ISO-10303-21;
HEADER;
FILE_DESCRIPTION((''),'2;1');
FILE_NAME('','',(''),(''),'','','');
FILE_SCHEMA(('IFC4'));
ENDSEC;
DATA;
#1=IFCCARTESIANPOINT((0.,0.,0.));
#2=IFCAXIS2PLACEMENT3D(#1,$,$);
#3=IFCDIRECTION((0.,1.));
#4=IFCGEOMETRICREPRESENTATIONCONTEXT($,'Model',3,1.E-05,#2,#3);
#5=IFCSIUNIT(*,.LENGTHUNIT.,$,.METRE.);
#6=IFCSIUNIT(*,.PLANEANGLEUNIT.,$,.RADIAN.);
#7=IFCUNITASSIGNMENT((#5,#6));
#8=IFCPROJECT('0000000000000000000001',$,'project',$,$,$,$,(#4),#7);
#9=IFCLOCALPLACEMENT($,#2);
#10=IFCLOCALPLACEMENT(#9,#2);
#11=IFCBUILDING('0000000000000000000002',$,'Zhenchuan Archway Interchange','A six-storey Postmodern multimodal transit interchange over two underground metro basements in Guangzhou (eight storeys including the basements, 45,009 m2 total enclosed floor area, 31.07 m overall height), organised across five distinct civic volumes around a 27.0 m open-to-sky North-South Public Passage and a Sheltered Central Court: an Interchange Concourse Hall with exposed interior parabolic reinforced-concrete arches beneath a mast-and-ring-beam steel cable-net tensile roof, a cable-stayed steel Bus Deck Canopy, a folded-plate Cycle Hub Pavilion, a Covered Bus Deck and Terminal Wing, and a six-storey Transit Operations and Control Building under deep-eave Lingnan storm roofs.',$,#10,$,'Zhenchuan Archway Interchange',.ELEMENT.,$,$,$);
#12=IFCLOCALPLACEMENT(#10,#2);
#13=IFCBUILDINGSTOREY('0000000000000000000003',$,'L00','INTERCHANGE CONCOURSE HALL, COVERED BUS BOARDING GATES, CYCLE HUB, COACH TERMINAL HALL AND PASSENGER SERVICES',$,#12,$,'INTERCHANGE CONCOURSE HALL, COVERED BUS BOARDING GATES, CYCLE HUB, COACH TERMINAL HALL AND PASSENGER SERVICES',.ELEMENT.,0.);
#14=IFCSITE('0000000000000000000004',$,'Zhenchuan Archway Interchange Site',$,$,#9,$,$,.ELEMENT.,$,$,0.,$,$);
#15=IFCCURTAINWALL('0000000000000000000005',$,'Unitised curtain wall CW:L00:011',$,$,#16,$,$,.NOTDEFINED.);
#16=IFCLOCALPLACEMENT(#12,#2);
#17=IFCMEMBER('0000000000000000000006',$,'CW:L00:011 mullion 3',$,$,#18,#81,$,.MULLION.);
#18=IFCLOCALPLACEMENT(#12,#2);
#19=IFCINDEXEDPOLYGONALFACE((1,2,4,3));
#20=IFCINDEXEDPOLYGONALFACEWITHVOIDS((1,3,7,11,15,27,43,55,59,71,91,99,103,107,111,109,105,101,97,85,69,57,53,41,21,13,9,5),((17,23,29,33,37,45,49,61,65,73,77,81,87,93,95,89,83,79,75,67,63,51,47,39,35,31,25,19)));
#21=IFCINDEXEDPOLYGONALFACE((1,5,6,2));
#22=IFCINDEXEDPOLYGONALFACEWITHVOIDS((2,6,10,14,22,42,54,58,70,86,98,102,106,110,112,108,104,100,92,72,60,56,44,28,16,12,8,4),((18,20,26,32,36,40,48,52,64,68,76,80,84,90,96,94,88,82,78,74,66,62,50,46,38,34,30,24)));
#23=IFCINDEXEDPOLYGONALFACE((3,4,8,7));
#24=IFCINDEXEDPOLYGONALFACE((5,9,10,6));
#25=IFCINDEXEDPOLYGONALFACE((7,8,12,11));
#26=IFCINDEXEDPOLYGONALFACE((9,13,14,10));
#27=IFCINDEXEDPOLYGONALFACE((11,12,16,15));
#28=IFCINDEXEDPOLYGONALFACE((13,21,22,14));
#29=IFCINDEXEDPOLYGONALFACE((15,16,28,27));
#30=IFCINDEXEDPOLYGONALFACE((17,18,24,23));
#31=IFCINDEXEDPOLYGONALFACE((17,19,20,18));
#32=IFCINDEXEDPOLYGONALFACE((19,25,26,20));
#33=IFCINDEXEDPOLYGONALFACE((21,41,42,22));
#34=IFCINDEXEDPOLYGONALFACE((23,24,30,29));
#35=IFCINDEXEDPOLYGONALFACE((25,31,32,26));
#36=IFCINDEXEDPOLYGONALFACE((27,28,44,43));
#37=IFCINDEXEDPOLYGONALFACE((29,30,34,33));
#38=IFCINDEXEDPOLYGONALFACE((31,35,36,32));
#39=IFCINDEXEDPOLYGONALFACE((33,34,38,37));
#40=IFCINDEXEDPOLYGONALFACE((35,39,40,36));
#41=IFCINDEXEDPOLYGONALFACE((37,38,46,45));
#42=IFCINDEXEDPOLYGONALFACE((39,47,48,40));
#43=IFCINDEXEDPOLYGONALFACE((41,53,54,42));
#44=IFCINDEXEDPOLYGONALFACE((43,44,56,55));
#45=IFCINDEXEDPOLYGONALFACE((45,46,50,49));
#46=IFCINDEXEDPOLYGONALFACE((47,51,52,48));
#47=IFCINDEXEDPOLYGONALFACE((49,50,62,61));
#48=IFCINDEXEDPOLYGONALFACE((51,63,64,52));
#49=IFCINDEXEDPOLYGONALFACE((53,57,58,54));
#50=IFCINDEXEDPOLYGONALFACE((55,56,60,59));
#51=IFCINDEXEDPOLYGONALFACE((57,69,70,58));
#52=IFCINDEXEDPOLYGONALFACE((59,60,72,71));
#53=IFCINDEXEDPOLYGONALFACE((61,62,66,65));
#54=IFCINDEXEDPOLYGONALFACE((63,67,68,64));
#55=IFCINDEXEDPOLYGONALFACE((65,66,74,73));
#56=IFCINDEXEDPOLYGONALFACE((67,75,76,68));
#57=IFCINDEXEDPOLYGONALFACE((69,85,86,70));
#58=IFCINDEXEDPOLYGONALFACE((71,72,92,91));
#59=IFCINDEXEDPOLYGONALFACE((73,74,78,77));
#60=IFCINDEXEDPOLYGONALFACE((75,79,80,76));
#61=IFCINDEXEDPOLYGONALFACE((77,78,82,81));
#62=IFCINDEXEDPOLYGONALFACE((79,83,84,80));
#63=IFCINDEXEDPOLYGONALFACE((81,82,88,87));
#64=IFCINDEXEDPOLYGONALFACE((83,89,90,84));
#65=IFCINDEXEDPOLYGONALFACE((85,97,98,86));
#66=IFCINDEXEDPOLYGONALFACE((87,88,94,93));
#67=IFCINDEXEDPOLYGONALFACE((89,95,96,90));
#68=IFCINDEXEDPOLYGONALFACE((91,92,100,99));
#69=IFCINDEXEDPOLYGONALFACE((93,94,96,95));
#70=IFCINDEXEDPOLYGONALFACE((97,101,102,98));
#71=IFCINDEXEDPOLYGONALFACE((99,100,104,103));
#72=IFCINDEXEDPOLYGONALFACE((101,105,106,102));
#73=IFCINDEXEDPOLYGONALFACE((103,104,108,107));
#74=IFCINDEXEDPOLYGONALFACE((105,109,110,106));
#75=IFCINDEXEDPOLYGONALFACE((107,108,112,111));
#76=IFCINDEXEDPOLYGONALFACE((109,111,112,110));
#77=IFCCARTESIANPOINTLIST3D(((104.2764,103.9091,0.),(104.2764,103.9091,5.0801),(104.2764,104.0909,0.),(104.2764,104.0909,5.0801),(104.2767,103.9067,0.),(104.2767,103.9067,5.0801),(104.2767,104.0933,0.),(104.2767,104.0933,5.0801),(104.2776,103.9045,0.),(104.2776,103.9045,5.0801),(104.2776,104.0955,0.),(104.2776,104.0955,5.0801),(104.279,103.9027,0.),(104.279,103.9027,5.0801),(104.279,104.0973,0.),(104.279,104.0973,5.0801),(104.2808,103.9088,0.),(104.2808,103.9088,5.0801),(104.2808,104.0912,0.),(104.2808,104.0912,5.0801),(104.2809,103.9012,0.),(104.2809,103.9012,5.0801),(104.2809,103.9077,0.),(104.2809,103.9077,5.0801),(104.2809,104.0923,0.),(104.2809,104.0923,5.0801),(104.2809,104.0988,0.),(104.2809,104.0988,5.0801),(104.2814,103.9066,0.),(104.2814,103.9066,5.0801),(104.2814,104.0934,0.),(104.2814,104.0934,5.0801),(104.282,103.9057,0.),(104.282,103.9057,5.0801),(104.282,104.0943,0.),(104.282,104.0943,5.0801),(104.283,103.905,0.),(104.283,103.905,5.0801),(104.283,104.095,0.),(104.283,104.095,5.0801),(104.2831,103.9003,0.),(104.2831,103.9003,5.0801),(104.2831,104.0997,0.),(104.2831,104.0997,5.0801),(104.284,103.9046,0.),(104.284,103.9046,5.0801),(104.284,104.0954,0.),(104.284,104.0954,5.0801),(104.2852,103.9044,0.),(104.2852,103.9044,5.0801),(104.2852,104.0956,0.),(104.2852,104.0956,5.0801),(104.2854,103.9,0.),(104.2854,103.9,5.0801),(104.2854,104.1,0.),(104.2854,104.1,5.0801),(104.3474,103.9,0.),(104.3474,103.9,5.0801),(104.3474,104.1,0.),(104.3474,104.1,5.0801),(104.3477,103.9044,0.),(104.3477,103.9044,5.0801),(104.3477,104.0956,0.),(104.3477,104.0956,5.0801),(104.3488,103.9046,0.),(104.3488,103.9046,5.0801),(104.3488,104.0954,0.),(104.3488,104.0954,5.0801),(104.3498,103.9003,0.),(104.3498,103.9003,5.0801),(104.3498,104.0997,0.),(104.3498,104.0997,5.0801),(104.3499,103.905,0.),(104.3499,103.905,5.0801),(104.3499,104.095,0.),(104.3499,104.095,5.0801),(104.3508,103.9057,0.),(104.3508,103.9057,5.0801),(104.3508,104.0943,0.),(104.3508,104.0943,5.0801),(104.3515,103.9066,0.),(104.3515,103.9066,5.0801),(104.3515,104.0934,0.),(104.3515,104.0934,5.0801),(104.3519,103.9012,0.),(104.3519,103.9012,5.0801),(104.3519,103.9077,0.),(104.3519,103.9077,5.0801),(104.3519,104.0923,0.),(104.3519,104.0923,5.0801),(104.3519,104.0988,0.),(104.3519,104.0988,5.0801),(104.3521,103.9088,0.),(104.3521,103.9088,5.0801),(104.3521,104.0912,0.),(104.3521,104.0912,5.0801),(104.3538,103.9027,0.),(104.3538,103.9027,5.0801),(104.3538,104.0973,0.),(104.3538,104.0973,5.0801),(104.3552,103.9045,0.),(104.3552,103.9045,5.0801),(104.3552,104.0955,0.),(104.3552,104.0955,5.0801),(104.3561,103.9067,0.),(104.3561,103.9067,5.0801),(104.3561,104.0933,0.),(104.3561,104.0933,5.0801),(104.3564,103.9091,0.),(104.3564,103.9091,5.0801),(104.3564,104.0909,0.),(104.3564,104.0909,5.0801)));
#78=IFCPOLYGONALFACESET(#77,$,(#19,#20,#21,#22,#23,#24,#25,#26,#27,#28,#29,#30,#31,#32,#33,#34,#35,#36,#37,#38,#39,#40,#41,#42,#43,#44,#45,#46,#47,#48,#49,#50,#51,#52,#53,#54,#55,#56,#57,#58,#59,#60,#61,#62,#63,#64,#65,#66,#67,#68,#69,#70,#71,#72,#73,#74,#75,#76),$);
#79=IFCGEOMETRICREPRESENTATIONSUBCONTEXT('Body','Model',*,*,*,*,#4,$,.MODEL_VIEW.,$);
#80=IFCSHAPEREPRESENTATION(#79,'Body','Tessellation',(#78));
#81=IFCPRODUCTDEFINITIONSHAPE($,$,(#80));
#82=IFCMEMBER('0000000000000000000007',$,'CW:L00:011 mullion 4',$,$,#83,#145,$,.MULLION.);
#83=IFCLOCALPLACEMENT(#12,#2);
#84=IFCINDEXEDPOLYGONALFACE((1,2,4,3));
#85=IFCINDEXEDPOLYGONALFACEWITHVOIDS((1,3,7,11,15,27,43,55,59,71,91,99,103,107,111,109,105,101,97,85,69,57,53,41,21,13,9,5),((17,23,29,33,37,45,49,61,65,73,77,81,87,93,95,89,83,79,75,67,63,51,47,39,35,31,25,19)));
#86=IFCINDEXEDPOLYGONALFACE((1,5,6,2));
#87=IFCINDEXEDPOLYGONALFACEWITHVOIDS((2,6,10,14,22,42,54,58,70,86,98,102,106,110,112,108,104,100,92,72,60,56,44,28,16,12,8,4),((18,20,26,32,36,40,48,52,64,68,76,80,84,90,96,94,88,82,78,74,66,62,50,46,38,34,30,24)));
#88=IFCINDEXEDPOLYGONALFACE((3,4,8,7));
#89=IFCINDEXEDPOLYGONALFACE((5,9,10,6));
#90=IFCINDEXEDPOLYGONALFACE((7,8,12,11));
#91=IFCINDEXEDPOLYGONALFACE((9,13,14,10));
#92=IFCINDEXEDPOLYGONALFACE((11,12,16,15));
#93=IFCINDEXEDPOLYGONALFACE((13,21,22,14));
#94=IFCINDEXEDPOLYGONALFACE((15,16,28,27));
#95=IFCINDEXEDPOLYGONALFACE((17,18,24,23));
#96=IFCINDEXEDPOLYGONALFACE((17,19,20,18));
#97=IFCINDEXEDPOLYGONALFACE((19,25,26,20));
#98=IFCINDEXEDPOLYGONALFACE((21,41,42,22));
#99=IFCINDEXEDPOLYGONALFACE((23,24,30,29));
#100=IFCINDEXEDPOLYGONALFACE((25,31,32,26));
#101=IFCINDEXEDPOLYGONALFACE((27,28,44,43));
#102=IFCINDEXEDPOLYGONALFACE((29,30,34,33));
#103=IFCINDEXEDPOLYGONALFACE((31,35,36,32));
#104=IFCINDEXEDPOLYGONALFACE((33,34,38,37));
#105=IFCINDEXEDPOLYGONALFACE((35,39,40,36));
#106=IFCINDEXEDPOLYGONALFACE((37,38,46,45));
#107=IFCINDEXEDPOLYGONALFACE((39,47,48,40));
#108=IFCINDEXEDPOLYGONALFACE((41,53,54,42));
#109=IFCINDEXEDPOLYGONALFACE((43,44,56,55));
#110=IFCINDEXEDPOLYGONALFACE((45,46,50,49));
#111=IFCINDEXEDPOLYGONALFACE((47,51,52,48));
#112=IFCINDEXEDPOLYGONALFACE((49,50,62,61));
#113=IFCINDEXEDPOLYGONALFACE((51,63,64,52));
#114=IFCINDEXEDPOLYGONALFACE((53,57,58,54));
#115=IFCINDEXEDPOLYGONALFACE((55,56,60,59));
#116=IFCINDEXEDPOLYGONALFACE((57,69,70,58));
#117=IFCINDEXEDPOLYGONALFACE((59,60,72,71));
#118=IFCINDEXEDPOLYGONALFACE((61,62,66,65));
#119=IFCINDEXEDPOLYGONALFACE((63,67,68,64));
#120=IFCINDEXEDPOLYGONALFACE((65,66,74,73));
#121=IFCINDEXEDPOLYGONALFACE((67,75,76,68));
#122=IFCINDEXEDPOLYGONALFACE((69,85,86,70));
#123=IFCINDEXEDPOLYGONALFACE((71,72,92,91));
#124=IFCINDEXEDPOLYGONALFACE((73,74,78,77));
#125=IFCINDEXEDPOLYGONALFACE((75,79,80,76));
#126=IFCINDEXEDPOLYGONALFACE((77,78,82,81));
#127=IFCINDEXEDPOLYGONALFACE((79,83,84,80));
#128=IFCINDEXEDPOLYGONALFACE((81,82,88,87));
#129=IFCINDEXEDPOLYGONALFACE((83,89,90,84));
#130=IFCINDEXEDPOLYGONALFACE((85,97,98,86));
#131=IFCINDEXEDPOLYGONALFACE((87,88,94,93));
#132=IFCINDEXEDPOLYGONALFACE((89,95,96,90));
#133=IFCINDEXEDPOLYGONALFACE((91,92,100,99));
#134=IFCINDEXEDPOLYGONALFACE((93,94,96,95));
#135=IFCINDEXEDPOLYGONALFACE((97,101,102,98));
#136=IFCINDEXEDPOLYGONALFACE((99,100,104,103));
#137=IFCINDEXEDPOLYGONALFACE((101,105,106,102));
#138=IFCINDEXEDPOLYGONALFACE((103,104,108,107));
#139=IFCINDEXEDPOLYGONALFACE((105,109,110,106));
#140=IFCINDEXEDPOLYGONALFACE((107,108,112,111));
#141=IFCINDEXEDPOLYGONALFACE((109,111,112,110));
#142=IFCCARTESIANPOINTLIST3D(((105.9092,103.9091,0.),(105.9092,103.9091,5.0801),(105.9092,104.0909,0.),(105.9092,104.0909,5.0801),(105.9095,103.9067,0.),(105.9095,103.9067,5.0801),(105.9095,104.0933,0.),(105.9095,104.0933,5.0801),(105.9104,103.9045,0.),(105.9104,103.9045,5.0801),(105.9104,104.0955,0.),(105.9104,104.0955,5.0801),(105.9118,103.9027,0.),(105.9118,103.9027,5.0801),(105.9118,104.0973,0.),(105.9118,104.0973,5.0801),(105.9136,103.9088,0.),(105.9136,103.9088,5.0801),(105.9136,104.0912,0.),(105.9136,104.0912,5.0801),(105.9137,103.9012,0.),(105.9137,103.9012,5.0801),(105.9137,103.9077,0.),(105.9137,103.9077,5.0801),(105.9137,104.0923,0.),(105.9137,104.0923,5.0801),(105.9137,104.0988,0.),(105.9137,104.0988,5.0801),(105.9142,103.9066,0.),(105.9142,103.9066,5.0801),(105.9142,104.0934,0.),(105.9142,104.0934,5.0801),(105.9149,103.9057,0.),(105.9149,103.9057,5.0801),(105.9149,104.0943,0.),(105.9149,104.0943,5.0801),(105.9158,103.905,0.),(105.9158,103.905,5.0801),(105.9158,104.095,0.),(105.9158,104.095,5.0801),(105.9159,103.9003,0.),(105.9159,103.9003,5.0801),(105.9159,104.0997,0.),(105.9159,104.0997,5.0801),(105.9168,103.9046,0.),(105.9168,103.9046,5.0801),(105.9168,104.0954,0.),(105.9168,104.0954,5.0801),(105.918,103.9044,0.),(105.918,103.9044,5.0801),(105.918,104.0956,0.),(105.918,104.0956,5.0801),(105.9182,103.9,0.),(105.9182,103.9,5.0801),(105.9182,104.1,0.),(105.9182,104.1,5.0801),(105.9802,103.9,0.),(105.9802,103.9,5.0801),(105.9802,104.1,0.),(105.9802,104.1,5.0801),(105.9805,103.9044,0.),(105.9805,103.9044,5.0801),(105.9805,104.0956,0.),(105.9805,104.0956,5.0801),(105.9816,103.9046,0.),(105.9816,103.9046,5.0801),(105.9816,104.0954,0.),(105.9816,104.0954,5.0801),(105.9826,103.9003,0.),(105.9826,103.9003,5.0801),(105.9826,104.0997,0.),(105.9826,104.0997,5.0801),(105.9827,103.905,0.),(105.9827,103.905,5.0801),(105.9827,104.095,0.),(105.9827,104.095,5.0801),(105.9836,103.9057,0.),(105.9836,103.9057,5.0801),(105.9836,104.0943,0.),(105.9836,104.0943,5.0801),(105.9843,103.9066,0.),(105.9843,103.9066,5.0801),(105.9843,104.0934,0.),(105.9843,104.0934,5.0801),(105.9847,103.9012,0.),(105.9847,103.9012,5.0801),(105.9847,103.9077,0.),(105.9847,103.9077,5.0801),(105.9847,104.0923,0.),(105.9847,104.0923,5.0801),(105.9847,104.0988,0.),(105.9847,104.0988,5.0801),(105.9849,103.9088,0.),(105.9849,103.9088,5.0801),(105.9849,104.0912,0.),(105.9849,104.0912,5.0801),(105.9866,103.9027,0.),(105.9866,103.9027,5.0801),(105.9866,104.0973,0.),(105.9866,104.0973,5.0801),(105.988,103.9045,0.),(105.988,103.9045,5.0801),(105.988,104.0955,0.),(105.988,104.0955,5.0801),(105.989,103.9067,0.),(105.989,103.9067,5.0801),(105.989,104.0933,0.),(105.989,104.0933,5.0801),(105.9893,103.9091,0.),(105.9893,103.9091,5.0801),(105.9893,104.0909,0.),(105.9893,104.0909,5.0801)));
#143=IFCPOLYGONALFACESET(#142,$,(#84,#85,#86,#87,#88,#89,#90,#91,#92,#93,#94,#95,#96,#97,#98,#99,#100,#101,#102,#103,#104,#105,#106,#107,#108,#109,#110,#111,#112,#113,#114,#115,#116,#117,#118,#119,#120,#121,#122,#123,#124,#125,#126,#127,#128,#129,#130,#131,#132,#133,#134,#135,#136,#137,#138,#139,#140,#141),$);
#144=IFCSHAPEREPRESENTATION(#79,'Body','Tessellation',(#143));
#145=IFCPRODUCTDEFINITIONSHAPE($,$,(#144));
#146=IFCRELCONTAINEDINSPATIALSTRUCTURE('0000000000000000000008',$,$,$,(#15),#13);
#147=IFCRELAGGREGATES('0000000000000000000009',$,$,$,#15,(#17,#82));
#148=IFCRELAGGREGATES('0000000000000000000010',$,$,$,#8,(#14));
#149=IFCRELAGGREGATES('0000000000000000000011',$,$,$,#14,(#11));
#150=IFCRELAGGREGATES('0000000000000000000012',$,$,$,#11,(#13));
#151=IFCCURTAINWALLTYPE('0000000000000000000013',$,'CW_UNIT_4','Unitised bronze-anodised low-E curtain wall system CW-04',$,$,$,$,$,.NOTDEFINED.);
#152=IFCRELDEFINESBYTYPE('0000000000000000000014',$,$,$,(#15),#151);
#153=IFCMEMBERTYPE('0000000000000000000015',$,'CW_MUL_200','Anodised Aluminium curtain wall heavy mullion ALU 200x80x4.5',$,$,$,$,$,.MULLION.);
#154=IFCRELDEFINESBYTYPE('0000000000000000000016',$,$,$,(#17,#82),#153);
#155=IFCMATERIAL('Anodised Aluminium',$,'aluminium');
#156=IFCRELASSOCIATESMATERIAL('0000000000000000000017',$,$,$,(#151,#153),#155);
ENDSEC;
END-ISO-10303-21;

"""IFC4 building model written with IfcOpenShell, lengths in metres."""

from ifc_helpers import new_model, si_unit, direction, frame, origin, origin_2d, place, context, subcontext, project, spatial, hollow_rectangle, extrude, material, material_profile, profile_set, type_object, element, aggregate, save


model = new_model("IFC4")

# Units and contexts
model_context = context("Model", 3, precision=1e-05, world=origin(), true_north=direction((0.0, 1.0)))
body_context = subcontext(model_context, "Body", "Model", "MODEL_VIEW")
ifc_project = project(units=[si_unit("LENGTHUNIT", "METRE"), si_unit("PLANEANGLEUNIT", "RADIAN")], contexts=[model_context])

# Site, building, storey
site_placement = place(None, origin())
site = spatial("IfcSite", under=ifc_project, at=site_placement, Name="Zhenchuan Archway Interchange Site", CompositionType="ELEMENT", RefElevation=0.0)
building_placement = place(site_placement, origin())
building = spatial("IfcBuilding", under=site, at=building_placement, Name="Zhenchuan Archway Interchange", Description="A six-storey Postmodern multimodal transit interchange over two underground metro basements in Guangzhou (eight storeys including the basements, 45,009 m2 total enclosed floor area, 31.07 m overall height), organised across five distinct civic volumes around a 27.0 m open-to-sky North-South Public Passage and a Sheltered Central Court: an Interchange Concourse Hall with exposed interior parabolic reinforced-concrete arches beneath a mast-and-ring-beam steel cable-net tensile roof, a cable-stayed steel Bus Deck Canopy, a folded-plate Cycle Hub Pavilion, a Covered Bus Deck and Terminal Wing, and a six-storey Transit Operations and Control Building under deep-eave Lingnan storm roofs.", LongName="Zhenchuan Archway Interchange", CompositionType="ELEMENT")
storey_placement = place(building_placement, origin())
storey = spatial("IfcBuildingStorey", under=building, at=storey_placement, Name="L00", Description="INTERCHANGE CONCOURSE HALL, COVERED BUS BOARDING GATES, CYCLE HUB, COACH TERMINAL HALL AND PASSENGER SERVICES", LongName="INTERCHANGE CONCOURSE HALL, COVERED BUS BOARDING GATES, CYCLE HUB, COACH TERMINAL HALL AND PASSENGER SERVICES", CompositionType="ELEMENT", Elevation=0.0)

# Curtain wall, members
ifc_material_1 = material(Name="Anodised Aluminium", Category="aluminium")
curtain_wall_type = type_object("IfcCurtainWallType", Name="CW_UNIT_4", Description="Unitised bronze-anodised low-E curtain wall system CW-04", PredefinedType="NOTDEFINED", material=ifc_material_1)
curtain_wall_placement = place(storey_placement, origin())
curtain_wall = element("IfcCurtainWall", 1, at=curtain_wall_placement, inside=storey, type_object=curtain_wall_type, Name="Unitised curtain wall CW:L00:011", PredefinedType="NOTDEFINED")
ifc_material_profile_1 = material_profile(ifc_material_1, hollow_rectangle(XDim=0.0801, YDim=0.2, WallThickness=0.0044, InnerFilletRadius=0.0044, OuterFilletRadius=0.009, at=origin_2d()), Name="ALU 200x80x4.5")
ifc_profile_set_1 = profile_set([ifc_material_profile_1], Name="Anodised Aluminium")
member_type_1 = type_object("IfcMemberType", Name="CW_MUL_200", Description="Anodised Aluminium curtain wall heavy mullion ALU 200x80x4.5", PredefinedType="MULLION", material=ifc_profile_set_1)
member_1_placement = place(storey_placement, frame((104.3164, 104.0, 0.0), z_axis=(0.0, 0.0, 1.0), x_axis=(1.0, 0.0, 0.0)))
member_1 = element("IfcMember", 2, at=member_1_placement, type_object=member_type_1, Name="CW:L00:011 mullion 3", PredefinedType="MULLION", context=body_context, shape_type="SweptSolid", body=[
    extrude(hollow_rectangle(XDim=0.0801, YDim=0.2, WallThickness=0.0044, InnerFilletRadius=0.0044, OuterFilletRadius=0.009, at=origin_2d()), origin(), (0.0, 0.0, 1.0), 5.0801),
])
member_2_placement = place(storey_placement, frame((105.9492, 104.0, 0.0), z_axis=(0.0, 0.0, 1.0), x_axis=(1.0, 0.0, 0.0)))
member_2 = element("IfcMember", 3, at=member_2_placement, type_object=member_type_1, Name="CW:L00:011 mullion 4", PredefinedType="MULLION", context=body_context, shape_type="SweptSolid", body=[
    extrude(hollow_rectangle(XDim=0.0801, YDim=0.2, WallThickness=0.0044, InnerFilletRadius=0.0044, OuterFilletRadius=0.009, at=origin_2d()), origin(), (0.0, 0.0, 1.0), 5.0801),
])

aggregate(curtain_wall, [member_1, member_2])

save(model, "model.ifc")
